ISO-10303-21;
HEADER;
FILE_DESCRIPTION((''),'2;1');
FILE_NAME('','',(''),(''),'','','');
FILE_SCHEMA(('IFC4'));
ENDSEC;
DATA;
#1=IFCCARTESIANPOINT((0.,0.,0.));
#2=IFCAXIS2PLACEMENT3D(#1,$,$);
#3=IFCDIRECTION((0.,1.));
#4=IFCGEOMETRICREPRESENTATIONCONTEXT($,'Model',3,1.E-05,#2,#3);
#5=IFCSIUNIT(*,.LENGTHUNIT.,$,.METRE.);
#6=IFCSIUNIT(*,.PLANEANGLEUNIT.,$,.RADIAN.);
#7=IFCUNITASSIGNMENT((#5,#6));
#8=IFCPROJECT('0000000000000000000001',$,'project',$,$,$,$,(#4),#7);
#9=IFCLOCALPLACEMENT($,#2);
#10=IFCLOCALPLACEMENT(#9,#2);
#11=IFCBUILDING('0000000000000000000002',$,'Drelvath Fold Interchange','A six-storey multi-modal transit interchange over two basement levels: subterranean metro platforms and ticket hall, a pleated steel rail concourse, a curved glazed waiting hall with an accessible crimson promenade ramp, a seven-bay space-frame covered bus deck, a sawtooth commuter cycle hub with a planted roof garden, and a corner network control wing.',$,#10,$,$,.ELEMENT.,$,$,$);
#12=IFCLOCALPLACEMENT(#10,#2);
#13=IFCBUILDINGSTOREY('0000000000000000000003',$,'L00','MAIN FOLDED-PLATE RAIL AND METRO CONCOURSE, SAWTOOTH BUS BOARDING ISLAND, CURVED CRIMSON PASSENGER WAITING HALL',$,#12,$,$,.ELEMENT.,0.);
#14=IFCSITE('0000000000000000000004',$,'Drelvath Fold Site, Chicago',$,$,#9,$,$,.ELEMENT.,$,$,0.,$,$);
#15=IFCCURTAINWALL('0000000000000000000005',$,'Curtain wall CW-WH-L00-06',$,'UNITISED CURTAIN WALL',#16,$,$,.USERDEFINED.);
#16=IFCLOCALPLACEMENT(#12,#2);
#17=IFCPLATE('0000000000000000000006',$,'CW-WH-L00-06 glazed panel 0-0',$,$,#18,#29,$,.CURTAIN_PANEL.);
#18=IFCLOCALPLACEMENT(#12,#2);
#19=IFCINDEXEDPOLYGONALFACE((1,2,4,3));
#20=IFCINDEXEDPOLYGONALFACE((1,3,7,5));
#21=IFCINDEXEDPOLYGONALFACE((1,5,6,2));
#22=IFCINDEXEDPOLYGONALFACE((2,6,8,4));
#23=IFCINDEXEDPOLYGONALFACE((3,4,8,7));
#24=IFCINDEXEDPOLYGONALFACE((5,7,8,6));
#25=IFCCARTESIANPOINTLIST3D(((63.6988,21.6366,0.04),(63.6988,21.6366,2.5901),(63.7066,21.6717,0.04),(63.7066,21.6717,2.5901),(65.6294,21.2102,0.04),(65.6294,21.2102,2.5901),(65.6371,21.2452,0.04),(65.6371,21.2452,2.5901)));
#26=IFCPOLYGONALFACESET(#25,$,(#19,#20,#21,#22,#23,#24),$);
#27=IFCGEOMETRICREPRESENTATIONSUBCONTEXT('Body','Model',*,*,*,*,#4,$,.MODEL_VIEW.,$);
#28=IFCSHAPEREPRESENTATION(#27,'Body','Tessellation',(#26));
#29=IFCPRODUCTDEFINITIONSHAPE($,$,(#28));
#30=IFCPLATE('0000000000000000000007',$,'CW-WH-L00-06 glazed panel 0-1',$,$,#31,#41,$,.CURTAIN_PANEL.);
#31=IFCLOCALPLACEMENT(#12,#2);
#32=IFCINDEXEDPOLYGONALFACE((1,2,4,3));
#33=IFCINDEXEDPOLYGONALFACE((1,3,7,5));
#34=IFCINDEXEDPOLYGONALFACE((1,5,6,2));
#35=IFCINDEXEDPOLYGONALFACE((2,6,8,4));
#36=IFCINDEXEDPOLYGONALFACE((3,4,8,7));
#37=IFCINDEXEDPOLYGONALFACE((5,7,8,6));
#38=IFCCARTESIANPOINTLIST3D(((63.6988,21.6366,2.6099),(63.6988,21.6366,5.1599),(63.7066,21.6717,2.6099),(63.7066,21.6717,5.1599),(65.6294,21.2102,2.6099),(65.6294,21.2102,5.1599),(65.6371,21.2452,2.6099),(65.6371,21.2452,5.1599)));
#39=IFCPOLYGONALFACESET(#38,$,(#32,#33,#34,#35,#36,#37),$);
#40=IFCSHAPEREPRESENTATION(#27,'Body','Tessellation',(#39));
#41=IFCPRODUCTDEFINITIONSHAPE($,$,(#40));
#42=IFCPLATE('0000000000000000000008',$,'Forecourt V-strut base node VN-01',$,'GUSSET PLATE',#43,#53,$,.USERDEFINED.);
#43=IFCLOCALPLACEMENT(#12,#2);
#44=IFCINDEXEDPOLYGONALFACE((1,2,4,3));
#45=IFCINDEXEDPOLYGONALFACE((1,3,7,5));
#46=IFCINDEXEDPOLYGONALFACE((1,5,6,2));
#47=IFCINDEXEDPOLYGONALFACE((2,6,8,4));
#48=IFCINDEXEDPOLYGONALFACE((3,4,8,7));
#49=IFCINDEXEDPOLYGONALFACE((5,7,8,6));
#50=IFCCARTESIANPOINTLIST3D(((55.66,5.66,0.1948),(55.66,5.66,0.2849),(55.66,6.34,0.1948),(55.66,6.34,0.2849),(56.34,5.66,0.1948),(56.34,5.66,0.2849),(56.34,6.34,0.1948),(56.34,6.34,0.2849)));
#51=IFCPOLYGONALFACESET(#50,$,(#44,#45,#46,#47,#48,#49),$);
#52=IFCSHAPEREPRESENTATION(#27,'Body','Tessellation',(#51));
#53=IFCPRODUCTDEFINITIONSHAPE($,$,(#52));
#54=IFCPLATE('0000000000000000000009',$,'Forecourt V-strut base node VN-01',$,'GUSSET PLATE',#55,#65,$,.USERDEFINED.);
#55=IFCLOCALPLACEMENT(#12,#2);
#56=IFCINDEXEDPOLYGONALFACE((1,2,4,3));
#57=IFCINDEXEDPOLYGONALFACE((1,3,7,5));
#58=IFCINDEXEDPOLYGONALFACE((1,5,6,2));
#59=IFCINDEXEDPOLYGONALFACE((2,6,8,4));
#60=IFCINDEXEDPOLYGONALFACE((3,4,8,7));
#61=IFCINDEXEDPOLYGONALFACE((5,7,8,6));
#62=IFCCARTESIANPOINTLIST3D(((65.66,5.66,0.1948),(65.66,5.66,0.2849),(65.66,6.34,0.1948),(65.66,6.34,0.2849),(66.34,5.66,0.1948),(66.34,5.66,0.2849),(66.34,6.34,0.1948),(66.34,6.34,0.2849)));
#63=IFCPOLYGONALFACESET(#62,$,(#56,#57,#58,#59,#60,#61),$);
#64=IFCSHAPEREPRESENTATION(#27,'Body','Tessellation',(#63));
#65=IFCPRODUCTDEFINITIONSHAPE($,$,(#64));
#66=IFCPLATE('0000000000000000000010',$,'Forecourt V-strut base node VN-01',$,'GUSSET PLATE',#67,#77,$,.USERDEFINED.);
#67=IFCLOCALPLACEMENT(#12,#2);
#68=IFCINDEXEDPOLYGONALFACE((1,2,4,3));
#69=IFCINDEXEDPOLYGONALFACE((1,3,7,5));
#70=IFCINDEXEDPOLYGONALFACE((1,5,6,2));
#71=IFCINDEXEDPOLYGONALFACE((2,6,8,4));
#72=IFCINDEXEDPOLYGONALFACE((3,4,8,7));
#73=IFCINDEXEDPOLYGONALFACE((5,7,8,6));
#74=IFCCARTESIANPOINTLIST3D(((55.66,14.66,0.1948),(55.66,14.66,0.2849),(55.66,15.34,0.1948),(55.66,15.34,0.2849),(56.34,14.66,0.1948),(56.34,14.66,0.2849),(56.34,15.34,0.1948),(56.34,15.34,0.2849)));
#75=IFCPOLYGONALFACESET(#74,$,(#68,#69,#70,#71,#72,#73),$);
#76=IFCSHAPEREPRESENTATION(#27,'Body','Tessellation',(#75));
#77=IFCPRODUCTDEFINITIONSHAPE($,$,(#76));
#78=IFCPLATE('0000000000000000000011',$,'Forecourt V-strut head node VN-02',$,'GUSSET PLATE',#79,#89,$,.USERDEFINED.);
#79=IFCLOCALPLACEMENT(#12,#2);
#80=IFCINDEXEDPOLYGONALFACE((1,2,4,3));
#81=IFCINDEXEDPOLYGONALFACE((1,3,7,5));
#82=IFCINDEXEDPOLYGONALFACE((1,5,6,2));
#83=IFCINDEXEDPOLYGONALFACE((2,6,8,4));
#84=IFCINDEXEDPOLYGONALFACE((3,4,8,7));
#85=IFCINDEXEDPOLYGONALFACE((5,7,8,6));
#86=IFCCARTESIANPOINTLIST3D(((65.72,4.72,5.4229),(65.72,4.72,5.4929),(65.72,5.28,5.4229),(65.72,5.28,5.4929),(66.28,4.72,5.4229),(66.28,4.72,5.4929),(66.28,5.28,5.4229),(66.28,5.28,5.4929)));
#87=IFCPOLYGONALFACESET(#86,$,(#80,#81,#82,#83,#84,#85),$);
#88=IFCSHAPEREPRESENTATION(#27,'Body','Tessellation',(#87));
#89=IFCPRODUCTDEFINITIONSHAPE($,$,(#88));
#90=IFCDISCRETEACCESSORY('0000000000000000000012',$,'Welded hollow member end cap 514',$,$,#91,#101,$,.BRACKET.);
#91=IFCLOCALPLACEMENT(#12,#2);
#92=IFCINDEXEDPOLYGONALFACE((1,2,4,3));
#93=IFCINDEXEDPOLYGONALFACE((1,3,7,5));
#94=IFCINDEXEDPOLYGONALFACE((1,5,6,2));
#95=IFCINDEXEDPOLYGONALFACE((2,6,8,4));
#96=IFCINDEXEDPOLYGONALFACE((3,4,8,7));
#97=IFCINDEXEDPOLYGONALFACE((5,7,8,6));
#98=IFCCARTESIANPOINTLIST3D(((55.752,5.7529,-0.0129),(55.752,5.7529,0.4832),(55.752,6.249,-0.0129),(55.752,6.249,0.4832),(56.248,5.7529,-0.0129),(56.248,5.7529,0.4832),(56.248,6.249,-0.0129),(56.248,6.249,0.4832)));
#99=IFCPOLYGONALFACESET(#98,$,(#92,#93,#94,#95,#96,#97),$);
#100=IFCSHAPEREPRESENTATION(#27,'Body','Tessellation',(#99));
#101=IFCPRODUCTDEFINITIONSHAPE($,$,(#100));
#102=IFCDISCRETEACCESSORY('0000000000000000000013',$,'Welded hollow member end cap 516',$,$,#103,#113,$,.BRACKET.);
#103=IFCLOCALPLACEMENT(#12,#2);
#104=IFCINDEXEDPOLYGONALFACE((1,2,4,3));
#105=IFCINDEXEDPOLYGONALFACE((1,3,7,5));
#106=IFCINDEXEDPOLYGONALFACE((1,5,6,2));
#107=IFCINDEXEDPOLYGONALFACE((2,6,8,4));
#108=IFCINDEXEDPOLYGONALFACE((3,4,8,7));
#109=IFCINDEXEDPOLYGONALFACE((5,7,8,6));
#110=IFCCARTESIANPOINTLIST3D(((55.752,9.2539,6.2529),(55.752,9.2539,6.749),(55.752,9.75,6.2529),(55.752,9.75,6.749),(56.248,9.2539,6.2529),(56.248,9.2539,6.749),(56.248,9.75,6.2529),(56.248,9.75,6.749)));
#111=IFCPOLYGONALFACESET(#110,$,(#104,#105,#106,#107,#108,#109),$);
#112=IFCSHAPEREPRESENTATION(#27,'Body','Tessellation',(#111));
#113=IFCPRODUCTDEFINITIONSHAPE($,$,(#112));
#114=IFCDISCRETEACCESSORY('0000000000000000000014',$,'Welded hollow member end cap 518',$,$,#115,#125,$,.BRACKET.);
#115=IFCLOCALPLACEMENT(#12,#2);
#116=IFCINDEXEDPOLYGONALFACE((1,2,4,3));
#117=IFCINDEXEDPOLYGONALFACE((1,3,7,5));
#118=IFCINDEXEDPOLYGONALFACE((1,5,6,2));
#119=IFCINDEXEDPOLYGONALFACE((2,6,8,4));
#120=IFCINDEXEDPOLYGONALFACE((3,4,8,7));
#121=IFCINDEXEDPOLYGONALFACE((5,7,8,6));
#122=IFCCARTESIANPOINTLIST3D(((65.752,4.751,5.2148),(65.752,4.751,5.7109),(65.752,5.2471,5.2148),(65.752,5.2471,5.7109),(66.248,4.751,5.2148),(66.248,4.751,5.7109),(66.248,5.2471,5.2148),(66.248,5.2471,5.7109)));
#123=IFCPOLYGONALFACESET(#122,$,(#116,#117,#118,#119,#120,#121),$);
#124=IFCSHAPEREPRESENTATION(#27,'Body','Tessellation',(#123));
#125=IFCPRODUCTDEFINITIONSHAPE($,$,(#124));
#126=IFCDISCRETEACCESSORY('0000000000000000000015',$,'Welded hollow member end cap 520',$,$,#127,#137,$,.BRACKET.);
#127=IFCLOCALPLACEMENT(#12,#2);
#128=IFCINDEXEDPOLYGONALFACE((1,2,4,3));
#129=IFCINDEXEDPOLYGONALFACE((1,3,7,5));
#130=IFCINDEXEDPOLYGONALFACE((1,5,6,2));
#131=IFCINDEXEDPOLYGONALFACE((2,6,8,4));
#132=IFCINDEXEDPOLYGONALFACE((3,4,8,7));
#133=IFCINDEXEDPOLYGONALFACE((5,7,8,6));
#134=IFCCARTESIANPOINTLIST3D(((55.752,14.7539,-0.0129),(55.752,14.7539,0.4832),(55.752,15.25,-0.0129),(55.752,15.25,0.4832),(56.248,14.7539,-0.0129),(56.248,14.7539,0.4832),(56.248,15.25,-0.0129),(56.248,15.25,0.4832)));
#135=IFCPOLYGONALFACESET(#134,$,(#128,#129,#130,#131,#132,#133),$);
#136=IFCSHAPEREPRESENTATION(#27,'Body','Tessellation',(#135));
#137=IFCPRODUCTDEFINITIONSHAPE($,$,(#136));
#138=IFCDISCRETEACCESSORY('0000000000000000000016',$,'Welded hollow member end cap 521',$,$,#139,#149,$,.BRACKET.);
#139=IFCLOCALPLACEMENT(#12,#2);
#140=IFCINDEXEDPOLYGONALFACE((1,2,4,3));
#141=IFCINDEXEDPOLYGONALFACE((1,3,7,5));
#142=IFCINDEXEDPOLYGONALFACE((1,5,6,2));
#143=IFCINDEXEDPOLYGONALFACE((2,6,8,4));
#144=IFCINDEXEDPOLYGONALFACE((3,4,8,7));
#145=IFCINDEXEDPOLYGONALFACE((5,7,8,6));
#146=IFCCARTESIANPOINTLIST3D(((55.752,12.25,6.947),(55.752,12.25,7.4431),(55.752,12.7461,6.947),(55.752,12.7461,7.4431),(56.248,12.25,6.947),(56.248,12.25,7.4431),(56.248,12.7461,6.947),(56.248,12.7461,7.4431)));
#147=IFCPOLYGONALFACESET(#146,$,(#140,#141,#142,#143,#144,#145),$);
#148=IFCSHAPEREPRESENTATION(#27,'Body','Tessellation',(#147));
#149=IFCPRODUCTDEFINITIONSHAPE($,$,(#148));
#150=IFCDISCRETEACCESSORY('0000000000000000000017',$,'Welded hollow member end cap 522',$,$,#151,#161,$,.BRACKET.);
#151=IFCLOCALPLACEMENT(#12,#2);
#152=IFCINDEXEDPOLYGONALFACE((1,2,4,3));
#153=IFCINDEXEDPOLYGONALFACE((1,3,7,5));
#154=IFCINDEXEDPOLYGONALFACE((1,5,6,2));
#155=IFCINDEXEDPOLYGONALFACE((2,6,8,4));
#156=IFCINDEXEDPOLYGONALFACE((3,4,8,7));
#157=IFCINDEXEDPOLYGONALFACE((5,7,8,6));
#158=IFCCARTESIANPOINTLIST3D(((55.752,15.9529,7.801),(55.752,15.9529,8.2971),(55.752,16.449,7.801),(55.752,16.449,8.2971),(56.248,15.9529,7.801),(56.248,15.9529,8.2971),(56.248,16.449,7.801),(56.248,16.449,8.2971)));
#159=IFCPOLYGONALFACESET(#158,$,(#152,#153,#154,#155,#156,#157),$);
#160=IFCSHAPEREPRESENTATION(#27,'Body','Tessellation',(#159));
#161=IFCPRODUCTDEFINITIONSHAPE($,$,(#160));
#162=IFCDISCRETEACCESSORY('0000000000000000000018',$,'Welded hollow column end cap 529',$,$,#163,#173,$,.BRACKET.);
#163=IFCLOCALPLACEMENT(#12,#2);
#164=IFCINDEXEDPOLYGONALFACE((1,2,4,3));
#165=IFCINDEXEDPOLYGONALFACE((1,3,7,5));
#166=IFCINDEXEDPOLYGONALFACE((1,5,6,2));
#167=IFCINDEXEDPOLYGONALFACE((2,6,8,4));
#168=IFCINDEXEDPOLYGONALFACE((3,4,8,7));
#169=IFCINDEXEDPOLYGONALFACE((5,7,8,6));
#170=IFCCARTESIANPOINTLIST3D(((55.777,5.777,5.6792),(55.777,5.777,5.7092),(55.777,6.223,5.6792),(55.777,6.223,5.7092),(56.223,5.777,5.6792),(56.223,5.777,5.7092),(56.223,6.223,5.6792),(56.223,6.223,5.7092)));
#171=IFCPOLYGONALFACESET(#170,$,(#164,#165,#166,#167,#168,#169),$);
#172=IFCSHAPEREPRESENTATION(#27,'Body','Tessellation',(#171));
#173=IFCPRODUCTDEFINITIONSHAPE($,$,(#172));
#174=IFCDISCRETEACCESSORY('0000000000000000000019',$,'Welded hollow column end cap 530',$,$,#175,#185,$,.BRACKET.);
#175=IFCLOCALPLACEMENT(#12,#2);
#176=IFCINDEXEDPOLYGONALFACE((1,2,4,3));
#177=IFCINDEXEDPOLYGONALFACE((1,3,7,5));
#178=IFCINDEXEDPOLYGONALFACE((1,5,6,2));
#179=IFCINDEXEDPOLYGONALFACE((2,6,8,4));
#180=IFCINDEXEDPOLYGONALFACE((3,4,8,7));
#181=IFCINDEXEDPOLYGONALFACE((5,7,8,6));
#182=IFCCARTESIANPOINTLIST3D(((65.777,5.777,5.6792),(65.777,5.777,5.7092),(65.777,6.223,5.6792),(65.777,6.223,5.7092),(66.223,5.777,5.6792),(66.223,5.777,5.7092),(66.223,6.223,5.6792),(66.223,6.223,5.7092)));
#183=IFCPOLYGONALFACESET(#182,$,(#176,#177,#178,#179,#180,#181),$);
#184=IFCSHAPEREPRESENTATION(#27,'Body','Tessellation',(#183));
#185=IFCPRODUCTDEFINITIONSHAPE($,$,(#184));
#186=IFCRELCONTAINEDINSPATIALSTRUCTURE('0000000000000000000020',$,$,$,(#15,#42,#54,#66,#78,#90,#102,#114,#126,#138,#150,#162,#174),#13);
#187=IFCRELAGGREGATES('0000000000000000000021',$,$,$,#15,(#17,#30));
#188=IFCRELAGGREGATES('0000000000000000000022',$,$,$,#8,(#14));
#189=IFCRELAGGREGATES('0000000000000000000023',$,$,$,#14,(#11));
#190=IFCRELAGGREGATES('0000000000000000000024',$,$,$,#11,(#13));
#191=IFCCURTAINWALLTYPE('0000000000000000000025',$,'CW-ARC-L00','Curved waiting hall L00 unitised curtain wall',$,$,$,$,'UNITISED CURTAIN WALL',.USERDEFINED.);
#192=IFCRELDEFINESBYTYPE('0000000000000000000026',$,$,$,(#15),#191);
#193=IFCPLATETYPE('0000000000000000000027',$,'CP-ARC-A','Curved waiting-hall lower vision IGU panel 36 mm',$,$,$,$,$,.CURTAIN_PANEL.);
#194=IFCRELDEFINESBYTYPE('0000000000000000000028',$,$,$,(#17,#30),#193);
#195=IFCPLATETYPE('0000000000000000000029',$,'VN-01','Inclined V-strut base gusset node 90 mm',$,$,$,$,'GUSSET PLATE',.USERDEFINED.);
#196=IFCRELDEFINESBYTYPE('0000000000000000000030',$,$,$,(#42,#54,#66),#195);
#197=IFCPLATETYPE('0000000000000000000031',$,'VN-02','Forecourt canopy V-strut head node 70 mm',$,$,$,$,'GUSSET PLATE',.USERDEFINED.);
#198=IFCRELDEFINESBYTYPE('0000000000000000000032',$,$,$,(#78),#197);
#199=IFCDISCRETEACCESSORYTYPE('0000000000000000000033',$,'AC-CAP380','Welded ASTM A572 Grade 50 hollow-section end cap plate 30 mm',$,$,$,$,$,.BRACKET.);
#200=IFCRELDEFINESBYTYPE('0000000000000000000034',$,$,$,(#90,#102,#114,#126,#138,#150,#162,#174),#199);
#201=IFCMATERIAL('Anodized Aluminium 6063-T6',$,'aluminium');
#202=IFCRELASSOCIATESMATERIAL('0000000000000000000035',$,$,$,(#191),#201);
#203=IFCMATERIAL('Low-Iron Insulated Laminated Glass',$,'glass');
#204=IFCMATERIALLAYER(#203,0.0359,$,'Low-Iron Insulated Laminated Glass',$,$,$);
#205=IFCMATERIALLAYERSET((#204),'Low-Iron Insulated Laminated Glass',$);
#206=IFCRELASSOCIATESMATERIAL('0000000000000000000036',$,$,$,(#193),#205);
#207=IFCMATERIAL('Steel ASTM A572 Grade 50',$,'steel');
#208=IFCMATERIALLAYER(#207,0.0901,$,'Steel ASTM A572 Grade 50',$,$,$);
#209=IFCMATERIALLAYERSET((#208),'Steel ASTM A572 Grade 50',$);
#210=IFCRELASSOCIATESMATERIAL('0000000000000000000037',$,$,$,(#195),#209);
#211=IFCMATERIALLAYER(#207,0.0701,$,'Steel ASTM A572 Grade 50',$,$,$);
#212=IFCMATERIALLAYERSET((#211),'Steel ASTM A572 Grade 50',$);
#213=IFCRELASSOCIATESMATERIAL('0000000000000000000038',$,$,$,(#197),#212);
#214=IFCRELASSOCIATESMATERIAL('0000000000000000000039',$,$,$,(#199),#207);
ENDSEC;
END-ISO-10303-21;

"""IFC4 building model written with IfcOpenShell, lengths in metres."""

from ifc_helpers import new_model, si_unit, direction, frame, origin, origin_2d, place, context, subcontext, project, spatial, rectangle, extrude, material, layer, layer_set, type_object, element, aggregate, save


model = new_model("IFC4")

# Units and contexts
model_context = context("Model", 3, precision=1e-05, world=origin(), true_north=direction((0.0, 1.0)))
body_context = subcontext(model_context, "Body", "Model", "MODEL_VIEW")
ifc_project = project(units=[si_unit("LENGTHUNIT", "METRE"), si_unit("PLANEANGLEUNIT", "RADIAN")], contexts=[model_context])

# Site, building, storey
site_placement = place(None, origin())
site = spatial("IfcSite", under=ifc_project, at=site_placement, Name="Drelvath Fold Site, Chicago", CompositionType="ELEMENT", RefElevation=0.0)
building_placement = place(site_placement, origin())
building = spatial("IfcBuilding", under=site, at=building_placement, Name="Drelvath Fold Interchange", Description="A six-storey multi-modal transit interchange over two basement levels: subterranean metro platforms and ticket hall, a pleated steel rail concourse, a curved glazed waiting hall with an accessible crimson promenade ramp, a seven-bay space-frame covered bus deck, a sawtooth commuter cycle hub with a planted roof garden, and a corner network control wing.", CompositionType="ELEMENT")
storey_placement = place(building_placement, origin())
storey = spatial("IfcBuildingStorey", under=building, at=storey_placement, Name="L00", Description="MAIN FOLDED-PLATE RAIL AND METRO CONCOURSE, SAWTOOTH BUS BOARDING ISLAND, CURVED CRIMSON PASSENGER WAITING HALL", CompositionType="ELEMENT", Elevation=0.0)

# Curtain wall
ifc_material_1 = material(Name="Anodized Aluminium 6063-T6", Category="aluminium")
curtain_wall_type = type_object("IfcCurtainWallType", Name="CW-ARC-L00", Description="Curved waiting hall L00 unitised curtain wall", ElementType="UNITISED CURTAIN WALL", PredefinedType="USERDEFINED", material=ifc_material_1)
curtain_wall_1_placement = place(storey_placement, origin())
curtain_wall_1 = element("IfcCurtainWall", 1, at=curtain_wall_1_placement, inside=storey, type_object=curtain_wall_type, Name="Curtain wall CW-WH-L00-06", ObjectType="UNITISED CURTAIN WALL", PredefinedType="USERDEFINED")

# Plates
ifc_material_2 = material(Name="Low-Iron Insulated Laminated Glass", Category="glass")
ifc_layer_1 = layer(ifc_material_2, 0.0359, Name="Low-Iron Insulated Laminated Glass")
ifc_layer_set_1 = layer_set([ifc_layer_1], Name="Low-Iron Insulated Laminated Glass")
plate_type_1 = type_object("IfcPlateType", Name="CP-ARC-A", Description="Curved waiting-hall lower vision IGU panel 36 mm", PredefinedType="CURTAIN_PANEL", material=ifc_layer_set_1)
plate_1_placement = place(storey_placement, frame((64.668, 21.4409, 0.04), z_axis=(0.0, 0.0, 1.0), x_axis=(0.976458, -0.215707, 0.0)))
plate_1 = element("IfcPlate", 2, at=plate_1_placement, type_object=plate_type_1, Name="CW-WH-L00-06 glazed panel 0-0", PredefinedType="CURTAIN_PANEL", context=body_context, shape_type="SweptSolid", body=[
    extrude(rectangle(XDim=1.9771, YDim=0.0359, at=origin_2d()), origin(), (0.0, 0.0, 1.0), 2.55),
])
plate_2_placement = place(storey_placement, frame((64.668, 21.4409, 2.6099), z_axis=(0.0, 0.0, 1.0), x_axis=(0.976458, -0.215707, 0.0)))
plate_2 = element("IfcPlate", 3, at=plate_2_placement, type_object=plate_type_1, Name="CW-WH-L00-06 glazed panel 0-1", PredefinedType="CURTAIN_PANEL", context=body_context, shape_type="SweptSolid", body=[
    extrude(rectangle(XDim=1.9771, YDim=0.0359, at=origin_2d()), origin(), (0.0, 0.0, 1.0), 2.55),
])
aggregate(curtain_wall_1, [plate_1, plate_2])

# Plates
ifc_material_3 = material(Name="Steel ASTM A572 Grade 50", Category="steel")
ifc_layer_2 = layer(ifc_material_3, 0.0901, Name="Steel ASTM A572 Grade 50")
ifc_layer_set_2 = layer_set([ifc_layer_2], Name="Steel ASTM A572 Grade 50")
plate_type_2 = type_object("IfcPlateType", Name="VN-01", Description="Inclined V-strut base gusset node 90 mm", ElementType="GUSSET PLATE", PredefinedType="USERDEFINED", material=ifc_layer_set_2)
for number, where, z_axis, x_axis, name in (
    (4, (56.0, 6.0, 0.1948), (0.0, 0.0, 1.0), (1.0, 0.0, 0.0), "Forecourt V-strut base node VN-01"),
    (5, (66.0, 6.0, 0.1948), (0.0, 0.0, 1.0), (1.0, 0.0, 0.0), "Forecourt V-strut base node VN-01"),
    (6, (56.0, 15.0, 0.1948), (0.0, 0.0, 1.0), (1.0, 0.0, 0.0), "Forecourt V-strut base node VN-01"),
):
    element("IfcPlate", number, at=place(storey_placement, frame(where, z_axis=z_axis, x_axis=x_axis)), inside=storey, type_object=plate_type_2, Name=name, ObjectType="GUSSET PLATE", PredefinedType="USERDEFINED", context=body_context, shape_type="SweptSolid", body=[
        extrude(rectangle(XDim=0.6799, YDim=0.6799, at=origin_2d()), origin(), (0.0, 0.0, 1.0), 0.0901),
    ])
ifc_layer_3 = layer(ifc_material_3, 0.0701, Name="Steel ASTM A572 Grade 50")
ifc_layer_set_3 = layer_set([ifc_layer_3], Name="Steel ASTM A572 Grade 50")
plate_type_3 = type_object("IfcPlateType", Name="VN-02", Description="Forecourt canopy V-strut head node 70 mm", ElementType="GUSSET PLATE", PredefinedType="USERDEFINED", material=ifc_layer_set_3)
plate_3_placement = place(storey_placement, frame((66.0, 5.0, 5.4229), z_axis=(0.0, 0.0, 1.0), x_axis=(1.0, 0.0, 0.0)))
element("IfcPlate", 7, at=plate_3_placement, inside=storey, type_object=plate_type_3, Name="Forecourt V-strut head node VN-02", ObjectType="GUSSET PLATE", PredefinedType="USERDEFINED", context=body_context, shape_type="SweptSolid", body=[
    extrude(rectangle(XDim=0.5601, YDim=0.5601, at=origin_2d()), origin(), (0.0, 0.0, 1.0), 0.0701),
])

# Discrete accessories
discrete_accessory_type = type_object("IfcDiscreteAccessoryType", Name="AC-CAP380", Description="Welded ASTM A572 Grade 50 hollow-section end cap plate 30 mm", PredefinedType="BRACKET", material=ifc_material_3)
for number, where, z_axis, x_axis, name in (
    (8, (56.0, 6.001, -0.0129), (0.0, 0.0, 1.0), (1.0, 0.0, 0.0), "Welded hollow member end cap 514"),
    (9, (56.0, 9.502, 6.2529), (0.0, 0.0, 1.0), (1.0, 0.0, 0.0), "Welded hollow member end cap 516"),
    (10, (66.0, 4.999, 5.2148), (0.0, 0.0, 1.0), (1.0, 0.0, 0.0), "Welded hollow member end cap 518"),
    (11, (56.0, 15.002, -0.0129), (0.0, 0.0, 1.0), (1.0, 0.0, 0.0), "Welded hollow member end cap 520"),
    (12, (56.0, 12.498, 6.947), (0.0, 0.0, 1.0), (1.0, 0.0, 0.0), "Welded hollow member end cap 521"),
    (13, (56.0, 16.2009, 7.801), (0.0, 0.0, 1.0), (1.0, 0.0, 0.0), "Welded hollow member end cap 522"),
):
    element("IfcDiscreteAccessory", number, at=place(storey_placement, frame(where, z_axis=z_axis, x_axis=x_axis)), inside=storey, type_object=discrete_accessory_type, Name=name, PredefinedType="BRACKET", context=body_context, shape_type="SweptSolid", body=[
        extrude(rectangle(XDim=0.4961, YDim=0.4961, at=origin_2d()), origin(), (0.0, 0.0, 1.0), 0.4961),
    ])
for number, where, z_axis, x_axis, name in (
    (14, (56.0, 6.0, 5.6792), (0.0, 0.0, 1.0), (1.0, 0.0, 0.0), "Welded hollow column end cap 529"),
    (15, (66.0, 6.0, 5.6792), (0.0, 0.0, 1.0), (1.0, 0.0, 0.0), "Welded hollow column end cap 530"),
):
    element("IfcDiscreteAccessory", number, at=place(storey_placement, frame(where, z_axis=z_axis, x_axis=x_axis)), inside=storey, type_object=discrete_accessory_type, Name=name, PredefinedType="BRACKET", context=body_context, shape_type="SweptSolid", body=[
        extrude(rectangle(XDim=0.446, YDim=0.446, at=origin_2d()), origin(), (0.0, 0.0, 1.0), 0.03),
    ])

save(model, "model.ifc")
